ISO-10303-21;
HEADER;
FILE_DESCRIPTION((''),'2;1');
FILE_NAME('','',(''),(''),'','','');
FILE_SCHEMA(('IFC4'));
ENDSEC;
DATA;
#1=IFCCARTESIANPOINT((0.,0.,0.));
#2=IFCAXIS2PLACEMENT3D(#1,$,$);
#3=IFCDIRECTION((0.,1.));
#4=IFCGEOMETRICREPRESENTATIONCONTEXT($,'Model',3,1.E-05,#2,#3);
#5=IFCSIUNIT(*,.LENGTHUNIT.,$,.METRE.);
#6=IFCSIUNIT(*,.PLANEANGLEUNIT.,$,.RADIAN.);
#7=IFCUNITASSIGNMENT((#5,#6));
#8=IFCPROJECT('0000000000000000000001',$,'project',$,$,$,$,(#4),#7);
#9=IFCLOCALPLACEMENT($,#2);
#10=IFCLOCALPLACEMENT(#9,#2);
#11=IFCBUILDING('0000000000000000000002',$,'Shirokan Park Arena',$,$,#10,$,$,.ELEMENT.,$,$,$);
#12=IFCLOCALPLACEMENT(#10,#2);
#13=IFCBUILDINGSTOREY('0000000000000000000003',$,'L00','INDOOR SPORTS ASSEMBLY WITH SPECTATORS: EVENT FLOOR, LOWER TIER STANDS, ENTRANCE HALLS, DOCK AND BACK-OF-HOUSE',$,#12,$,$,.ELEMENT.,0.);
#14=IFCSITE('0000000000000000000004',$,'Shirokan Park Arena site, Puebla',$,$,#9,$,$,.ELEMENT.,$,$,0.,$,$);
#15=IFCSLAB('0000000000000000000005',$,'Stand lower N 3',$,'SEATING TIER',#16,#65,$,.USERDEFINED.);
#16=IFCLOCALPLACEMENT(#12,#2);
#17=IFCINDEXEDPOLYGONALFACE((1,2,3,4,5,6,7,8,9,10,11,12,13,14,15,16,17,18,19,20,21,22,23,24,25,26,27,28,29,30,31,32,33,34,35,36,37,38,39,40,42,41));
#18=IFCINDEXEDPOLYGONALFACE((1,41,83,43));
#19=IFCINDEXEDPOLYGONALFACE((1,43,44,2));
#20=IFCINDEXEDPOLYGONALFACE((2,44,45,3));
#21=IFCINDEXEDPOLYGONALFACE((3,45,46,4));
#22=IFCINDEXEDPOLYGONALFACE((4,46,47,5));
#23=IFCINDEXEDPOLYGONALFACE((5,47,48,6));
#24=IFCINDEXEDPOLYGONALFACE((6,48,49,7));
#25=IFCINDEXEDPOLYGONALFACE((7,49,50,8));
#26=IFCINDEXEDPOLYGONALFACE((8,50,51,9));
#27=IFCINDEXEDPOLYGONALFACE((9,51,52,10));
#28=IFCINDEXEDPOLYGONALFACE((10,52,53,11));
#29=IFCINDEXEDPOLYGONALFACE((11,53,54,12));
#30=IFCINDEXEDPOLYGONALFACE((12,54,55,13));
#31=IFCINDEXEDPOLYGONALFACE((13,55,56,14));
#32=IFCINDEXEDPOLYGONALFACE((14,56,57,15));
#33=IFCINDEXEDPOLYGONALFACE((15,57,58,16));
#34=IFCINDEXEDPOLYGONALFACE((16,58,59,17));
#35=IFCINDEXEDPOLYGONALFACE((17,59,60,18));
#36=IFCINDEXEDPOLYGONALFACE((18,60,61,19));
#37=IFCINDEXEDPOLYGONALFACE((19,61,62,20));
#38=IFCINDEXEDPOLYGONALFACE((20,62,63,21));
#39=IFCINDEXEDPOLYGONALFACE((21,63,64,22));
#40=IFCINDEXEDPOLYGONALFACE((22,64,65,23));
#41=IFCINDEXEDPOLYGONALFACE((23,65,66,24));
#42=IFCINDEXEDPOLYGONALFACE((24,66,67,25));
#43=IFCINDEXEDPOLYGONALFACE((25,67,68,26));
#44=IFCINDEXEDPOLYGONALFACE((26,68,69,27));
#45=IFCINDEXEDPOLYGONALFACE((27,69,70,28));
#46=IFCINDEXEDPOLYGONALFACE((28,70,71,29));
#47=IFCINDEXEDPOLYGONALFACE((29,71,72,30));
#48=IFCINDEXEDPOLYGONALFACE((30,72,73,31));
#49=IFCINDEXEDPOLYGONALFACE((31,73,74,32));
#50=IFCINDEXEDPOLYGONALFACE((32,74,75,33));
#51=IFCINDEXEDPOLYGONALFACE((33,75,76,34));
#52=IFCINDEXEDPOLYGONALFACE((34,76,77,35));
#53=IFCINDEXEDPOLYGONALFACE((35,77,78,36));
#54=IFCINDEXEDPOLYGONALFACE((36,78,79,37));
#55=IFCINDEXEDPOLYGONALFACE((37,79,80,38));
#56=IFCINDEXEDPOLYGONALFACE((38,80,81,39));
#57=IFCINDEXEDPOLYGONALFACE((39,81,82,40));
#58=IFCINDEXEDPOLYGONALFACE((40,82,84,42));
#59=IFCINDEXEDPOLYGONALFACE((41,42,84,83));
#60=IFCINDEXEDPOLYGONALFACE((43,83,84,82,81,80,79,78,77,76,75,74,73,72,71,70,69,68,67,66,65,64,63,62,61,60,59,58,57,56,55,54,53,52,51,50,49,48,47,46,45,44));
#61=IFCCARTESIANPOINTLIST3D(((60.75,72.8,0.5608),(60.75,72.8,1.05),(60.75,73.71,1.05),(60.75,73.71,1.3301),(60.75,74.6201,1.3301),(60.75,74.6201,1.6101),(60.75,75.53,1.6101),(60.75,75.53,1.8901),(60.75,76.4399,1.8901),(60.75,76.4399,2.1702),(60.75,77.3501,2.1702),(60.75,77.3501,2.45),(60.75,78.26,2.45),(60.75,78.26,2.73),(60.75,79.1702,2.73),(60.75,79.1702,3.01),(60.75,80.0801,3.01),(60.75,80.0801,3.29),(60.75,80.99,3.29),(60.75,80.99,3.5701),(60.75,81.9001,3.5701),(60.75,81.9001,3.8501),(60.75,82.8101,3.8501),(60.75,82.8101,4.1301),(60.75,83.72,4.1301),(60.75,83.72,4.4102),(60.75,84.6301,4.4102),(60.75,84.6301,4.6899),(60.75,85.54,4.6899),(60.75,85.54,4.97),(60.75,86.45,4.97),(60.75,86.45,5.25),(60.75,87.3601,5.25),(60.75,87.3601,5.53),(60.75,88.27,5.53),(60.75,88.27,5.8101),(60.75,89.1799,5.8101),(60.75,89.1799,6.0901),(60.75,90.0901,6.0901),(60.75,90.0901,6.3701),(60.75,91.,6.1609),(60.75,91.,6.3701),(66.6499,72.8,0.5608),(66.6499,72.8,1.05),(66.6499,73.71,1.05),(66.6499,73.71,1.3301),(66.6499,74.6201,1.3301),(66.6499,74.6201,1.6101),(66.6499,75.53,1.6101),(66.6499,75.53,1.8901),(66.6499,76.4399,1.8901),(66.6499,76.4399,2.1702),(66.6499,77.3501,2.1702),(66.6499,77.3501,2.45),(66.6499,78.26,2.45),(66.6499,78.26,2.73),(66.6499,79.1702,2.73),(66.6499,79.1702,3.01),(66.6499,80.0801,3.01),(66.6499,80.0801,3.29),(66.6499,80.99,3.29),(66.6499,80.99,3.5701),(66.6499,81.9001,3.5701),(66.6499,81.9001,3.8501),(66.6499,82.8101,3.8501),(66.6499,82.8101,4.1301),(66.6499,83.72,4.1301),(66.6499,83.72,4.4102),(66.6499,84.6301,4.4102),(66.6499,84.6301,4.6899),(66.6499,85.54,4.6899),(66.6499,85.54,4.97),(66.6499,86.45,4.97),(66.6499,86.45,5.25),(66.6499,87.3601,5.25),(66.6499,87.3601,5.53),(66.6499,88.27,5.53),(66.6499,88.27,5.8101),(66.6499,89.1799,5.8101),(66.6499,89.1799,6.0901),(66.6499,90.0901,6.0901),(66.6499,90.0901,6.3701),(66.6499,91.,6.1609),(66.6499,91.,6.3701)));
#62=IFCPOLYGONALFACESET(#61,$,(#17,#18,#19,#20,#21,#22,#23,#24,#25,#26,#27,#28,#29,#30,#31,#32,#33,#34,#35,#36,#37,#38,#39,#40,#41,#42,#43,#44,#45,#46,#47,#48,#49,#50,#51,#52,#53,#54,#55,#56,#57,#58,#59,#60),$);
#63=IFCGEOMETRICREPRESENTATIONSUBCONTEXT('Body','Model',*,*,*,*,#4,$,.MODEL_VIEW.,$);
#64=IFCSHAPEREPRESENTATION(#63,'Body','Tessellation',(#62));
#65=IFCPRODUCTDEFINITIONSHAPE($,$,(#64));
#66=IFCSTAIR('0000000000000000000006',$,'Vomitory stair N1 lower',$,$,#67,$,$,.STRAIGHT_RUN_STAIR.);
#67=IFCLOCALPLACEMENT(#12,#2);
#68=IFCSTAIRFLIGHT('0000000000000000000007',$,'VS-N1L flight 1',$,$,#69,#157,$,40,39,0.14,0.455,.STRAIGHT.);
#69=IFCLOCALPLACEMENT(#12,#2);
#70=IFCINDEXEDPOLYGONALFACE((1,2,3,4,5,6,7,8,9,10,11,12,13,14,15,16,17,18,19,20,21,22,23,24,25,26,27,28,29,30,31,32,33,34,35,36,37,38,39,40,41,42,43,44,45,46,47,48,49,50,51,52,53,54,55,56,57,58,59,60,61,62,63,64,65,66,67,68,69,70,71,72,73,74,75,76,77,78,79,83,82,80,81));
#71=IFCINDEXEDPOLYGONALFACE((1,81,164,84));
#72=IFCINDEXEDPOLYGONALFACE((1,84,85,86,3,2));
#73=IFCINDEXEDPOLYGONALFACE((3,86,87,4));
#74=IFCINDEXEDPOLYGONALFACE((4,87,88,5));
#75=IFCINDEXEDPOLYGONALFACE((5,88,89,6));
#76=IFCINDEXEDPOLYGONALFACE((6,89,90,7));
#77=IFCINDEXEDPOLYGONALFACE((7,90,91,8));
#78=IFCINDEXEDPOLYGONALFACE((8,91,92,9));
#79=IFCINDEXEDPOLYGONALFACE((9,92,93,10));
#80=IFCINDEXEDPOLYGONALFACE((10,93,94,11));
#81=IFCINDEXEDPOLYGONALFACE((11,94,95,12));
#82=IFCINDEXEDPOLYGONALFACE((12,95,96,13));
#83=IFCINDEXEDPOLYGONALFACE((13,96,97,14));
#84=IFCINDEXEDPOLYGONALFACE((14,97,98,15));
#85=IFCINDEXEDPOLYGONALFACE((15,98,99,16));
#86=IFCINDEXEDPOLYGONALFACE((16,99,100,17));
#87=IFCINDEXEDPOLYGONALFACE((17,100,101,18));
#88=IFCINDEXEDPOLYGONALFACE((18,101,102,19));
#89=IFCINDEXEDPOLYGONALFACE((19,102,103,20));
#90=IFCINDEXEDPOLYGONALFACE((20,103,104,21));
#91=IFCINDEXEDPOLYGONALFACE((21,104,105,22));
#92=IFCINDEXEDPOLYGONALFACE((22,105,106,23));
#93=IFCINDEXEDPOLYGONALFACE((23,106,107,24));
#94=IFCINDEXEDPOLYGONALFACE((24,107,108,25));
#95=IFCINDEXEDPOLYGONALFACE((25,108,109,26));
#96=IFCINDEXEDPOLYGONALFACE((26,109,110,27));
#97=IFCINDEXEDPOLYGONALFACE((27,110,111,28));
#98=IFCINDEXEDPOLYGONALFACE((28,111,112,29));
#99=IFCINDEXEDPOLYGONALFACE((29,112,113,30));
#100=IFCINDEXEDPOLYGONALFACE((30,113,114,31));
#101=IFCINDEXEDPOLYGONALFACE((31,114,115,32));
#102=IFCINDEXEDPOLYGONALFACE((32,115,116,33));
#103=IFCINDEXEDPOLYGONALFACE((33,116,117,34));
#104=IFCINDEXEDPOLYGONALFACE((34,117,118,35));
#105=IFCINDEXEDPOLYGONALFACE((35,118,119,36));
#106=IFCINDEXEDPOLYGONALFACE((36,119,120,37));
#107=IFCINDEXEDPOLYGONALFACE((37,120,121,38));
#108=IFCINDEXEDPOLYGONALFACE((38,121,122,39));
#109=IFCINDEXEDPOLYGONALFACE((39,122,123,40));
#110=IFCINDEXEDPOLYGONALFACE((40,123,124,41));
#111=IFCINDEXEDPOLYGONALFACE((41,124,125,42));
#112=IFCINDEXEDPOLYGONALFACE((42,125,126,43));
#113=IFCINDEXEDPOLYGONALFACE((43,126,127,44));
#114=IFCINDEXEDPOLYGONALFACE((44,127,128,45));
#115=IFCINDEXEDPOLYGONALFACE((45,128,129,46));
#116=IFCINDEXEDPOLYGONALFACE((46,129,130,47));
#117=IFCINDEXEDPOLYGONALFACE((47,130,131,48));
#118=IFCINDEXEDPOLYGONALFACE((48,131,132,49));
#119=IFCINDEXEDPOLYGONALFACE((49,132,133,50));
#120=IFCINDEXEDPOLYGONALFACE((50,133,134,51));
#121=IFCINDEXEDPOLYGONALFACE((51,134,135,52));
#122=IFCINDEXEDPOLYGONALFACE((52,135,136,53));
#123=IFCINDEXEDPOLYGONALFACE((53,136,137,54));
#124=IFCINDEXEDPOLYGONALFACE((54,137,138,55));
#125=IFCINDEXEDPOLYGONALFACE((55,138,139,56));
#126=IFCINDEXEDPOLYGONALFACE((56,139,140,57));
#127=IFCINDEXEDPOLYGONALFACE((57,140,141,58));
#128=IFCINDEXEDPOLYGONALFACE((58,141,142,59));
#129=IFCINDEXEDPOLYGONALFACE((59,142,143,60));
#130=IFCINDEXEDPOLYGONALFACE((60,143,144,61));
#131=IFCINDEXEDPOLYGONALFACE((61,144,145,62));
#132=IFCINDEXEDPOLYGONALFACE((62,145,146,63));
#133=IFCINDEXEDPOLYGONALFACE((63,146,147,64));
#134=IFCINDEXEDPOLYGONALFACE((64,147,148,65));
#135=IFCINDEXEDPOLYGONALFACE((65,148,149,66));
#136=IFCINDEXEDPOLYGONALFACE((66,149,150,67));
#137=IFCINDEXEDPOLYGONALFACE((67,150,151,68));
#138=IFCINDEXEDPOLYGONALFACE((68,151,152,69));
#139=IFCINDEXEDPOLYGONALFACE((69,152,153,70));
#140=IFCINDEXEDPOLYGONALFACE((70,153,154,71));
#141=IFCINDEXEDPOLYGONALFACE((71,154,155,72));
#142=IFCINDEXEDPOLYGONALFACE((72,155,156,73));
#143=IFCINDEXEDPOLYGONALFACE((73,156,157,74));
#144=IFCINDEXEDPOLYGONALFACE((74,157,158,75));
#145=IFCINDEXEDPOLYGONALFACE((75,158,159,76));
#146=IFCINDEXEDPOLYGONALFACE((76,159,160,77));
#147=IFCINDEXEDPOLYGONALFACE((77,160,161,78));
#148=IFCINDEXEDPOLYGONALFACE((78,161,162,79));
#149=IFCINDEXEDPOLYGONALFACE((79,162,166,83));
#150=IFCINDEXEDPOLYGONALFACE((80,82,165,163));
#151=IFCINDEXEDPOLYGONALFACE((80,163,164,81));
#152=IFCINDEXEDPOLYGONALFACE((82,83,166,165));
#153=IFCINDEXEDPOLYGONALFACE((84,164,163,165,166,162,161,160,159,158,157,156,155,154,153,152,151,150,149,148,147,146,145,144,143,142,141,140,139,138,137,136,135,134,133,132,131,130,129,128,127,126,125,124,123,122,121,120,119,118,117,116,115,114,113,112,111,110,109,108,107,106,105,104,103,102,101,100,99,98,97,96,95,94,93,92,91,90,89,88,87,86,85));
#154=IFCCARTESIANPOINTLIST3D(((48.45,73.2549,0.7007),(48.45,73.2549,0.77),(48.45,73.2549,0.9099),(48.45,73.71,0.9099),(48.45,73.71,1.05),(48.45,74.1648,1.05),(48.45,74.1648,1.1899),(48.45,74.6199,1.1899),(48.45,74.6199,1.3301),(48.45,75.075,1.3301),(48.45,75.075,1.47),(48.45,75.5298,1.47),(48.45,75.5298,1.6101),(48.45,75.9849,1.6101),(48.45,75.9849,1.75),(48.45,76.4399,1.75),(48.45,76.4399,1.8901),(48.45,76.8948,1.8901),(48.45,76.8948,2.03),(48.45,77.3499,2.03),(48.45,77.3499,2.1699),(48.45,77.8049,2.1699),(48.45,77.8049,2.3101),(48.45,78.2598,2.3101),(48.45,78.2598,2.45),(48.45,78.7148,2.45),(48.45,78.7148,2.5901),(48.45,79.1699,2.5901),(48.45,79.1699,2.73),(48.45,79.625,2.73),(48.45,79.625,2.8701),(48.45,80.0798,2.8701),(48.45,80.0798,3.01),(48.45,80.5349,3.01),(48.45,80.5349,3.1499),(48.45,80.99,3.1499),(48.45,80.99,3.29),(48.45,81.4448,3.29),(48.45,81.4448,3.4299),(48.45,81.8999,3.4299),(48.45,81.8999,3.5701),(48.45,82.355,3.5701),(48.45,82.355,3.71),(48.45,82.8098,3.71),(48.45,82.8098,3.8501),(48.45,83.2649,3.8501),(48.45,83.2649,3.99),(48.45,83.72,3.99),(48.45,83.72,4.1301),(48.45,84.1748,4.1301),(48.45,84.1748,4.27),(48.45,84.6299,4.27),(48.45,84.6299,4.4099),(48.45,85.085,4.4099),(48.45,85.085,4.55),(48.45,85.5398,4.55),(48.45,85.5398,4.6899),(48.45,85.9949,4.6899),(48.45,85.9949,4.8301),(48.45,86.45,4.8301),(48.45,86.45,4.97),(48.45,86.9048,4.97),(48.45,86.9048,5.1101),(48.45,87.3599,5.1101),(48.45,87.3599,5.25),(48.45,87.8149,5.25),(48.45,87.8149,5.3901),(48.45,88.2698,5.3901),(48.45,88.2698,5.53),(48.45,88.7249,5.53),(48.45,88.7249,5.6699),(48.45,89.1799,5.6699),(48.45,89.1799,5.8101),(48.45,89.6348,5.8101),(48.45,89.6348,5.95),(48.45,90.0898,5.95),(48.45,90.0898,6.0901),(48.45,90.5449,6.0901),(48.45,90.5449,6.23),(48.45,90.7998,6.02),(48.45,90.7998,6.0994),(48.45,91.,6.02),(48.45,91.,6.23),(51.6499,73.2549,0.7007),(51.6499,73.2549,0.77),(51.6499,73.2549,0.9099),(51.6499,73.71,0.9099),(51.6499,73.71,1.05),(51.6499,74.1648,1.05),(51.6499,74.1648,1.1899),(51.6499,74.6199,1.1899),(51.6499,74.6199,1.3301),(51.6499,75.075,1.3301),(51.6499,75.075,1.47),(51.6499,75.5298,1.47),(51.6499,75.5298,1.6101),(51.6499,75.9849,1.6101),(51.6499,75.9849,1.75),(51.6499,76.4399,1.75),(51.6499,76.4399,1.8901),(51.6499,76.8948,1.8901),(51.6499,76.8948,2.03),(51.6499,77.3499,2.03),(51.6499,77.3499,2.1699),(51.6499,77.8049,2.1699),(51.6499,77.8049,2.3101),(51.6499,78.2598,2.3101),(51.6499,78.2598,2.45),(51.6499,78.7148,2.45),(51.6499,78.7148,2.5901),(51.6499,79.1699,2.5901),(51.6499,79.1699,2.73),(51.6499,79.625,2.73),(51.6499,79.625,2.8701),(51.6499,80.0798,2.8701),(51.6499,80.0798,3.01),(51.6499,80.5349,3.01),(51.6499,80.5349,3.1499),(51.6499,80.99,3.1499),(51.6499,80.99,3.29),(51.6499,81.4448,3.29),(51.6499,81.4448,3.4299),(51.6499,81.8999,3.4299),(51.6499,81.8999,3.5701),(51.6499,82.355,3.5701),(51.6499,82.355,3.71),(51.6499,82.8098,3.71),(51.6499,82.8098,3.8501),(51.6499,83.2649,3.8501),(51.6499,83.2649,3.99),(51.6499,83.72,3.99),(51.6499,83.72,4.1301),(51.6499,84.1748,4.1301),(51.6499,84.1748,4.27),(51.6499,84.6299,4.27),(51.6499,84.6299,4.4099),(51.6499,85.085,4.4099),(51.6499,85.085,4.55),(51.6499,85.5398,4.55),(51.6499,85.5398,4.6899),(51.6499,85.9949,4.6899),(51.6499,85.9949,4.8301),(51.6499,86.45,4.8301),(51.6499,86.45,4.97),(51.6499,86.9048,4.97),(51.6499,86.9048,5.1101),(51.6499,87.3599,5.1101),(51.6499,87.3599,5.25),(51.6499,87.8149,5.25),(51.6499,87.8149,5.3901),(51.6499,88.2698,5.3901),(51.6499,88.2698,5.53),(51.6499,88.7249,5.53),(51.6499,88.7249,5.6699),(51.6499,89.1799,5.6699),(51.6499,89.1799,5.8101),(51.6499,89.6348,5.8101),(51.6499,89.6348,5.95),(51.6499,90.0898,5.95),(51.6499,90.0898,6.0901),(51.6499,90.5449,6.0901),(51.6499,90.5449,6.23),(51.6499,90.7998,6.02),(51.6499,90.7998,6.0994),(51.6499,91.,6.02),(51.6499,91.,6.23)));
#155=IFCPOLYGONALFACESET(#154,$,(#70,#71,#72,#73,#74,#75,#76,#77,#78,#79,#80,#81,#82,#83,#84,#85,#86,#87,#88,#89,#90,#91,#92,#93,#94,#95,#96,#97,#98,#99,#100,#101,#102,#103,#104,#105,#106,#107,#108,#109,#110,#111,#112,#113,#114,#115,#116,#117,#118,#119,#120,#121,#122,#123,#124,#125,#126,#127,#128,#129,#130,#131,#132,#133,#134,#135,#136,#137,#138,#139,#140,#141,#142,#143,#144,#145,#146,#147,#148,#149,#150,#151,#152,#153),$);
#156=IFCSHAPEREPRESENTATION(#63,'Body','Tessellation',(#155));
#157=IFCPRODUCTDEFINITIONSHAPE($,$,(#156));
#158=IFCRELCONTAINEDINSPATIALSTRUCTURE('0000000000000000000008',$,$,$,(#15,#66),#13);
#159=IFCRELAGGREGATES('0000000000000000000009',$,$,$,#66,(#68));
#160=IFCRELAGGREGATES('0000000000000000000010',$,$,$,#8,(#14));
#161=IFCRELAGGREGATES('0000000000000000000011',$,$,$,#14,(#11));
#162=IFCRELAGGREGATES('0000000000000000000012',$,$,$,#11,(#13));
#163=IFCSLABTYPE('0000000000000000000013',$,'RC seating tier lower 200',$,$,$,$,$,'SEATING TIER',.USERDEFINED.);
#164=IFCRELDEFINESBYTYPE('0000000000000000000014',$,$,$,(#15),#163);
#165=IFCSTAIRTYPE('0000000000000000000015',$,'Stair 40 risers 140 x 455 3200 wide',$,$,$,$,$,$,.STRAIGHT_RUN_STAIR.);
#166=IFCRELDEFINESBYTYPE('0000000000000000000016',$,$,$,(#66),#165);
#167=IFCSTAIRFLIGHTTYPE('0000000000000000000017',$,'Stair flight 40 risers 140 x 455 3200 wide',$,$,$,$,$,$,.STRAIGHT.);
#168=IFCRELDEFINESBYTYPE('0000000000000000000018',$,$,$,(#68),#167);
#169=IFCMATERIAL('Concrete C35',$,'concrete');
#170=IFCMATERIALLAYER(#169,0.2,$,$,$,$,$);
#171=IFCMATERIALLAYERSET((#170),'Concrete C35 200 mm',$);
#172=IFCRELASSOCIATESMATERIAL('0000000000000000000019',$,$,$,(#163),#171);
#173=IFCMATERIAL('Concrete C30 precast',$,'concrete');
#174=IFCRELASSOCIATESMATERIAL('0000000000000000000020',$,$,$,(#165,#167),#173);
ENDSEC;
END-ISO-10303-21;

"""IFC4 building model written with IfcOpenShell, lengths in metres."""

from ifc_helpers import new_model, si_unit, direction, frame, origin, place, context, subcontext, project, spatial, polyline, outline, extrude, material, layer, layer_set, type_object, element, aggregate, save


model = new_model("IFC4")

# Units and contexts
model_context = context("Model", 3, precision=1e-05, world=origin(), true_north=direction((0.0, 1.0)))
body_context = subcontext(model_context, "Body", "Model", "MODEL_VIEW")
ifc_project = project(units=[si_unit("LENGTHUNIT", "METRE"), si_unit("PLANEANGLEUNIT", "RADIAN")], contexts=[model_context])

# Site, building, storey
site_placement = place(None, origin())
site = spatial("IfcSite", under=ifc_project, at=site_placement, Name="Shirokan Park Arena site, Puebla", CompositionType="ELEMENT", RefElevation=0.0)
building_placement = place(site_placement, origin())
building = spatial("IfcBuilding", under=site, at=building_placement, Name="Shirokan Park Arena", CompositionType="ELEMENT")
storey_placement = place(building_placement, origin())
storey = spatial("IfcBuildingStorey", under=building, at=storey_placement, Name="L00", Description="INDOOR SPORTS ASSEMBLY WITH SPECTATORS: EVENT FLOOR, LOWER TIER STANDS, ENTRANCE HALLS, DOCK AND BACK-OF-HOUSE", CompositionType="ELEMENT", Elevation=0.0)

# Shared definitions
ifc_material_1 = material(Name="Concrete C35", Category="concrete")

# Slab
ifc_layer = layer(ifc_material_1, 0.2)
ifc_layer_set = layer_set([ifc_layer], Name="Concrete C35 200 mm")
slab_type = type_object("IfcSlabType", Name="RC seating tier lower 200", ElementType="SEATING TIER", PredefinedType="USERDEFINED", material=ifc_layer_set)
for number, where, z_axis, x_axis, name in (
    (1, (63.7, 72.8, 1.05), (0.0, 0.0, 1.0), (0.0, 1.0, 0.0), "Stand lower N 3"),
):
    element("IfcSlab", number, at=place(storey_placement, frame(where, z_axis=z_axis, x_axis=x_axis)), inside=storey, type_object=slab_type, Name=name, ObjectType="SEATING TIER", PredefinedType="USERDEFINED", context=body_context, shape_type="SweptSolid", body=[
        extrude(outline(polyline([(0.0, 0.0), (0.9099, 0.0), (0.9099, 0.28), (1.8201, 0.28), (1.8201, 0.5601), (2.73, 0.5601), (2.73, 0.8401), (3.6399, 0.8401), (3.6399, 1.1201), (4.55, 1.1201), (4.55, 1.3999), (5.46, 1.3999), (5.46, 1.6799), (6.3701, 1.6799), (6.3701, 1.96), (7.28, 1.96), (7.28, 2.24), (8.1899, 2.24), (8.1899, 2.52), (9.1001, 2.52), (9.1001, 2.8), (10.01, 2.8), (10.01, 3.0801), (10.9199, 3.0801), (10.9199, 3.3601), (11.8301, 3.3601), (11.8301, 3.6399), (12.74, 3.6399), (12.74, 3.9199), (13.6499, 3.9199), (13.6499, 4.2), (14.5601, 4.2), (14.5601, 4.48), (15.47, 4.48), (15.47, 4.76), (16.3799, 4.76), (16.3799, 5.04), (17.29, 5.04), (17.29, 5.3201), (18.2, 5.3201), (18.2, 5.1108), (0.0, -0.4893), (0.0, 0.0)])), frame((0.0, 2.95, 0.0), z_axis=(0.0, -1.0, 0.0), x_axis=(1.0, 0.0, 0.0)), (0.0, 0.0, 1.0), 5.8999),
    ])

# Stair, stair flight
ifc_material_2 = material(Name="Concrete C30 precast", Category="concrete")
stair_type = type_object("IfcStairType", Name="Stair 40 risers 140 x 455 3200 wide", PredefinedType="STRAIGHT_RUN_STAIR", material=ifc_material_2)
stair_1_placement = place(storey_placement, origin())
stair_1 = element("IfcStair", 2, at=stair_1_placement, inside=storey, type_object=stair_type, Name="Vomitory stair N1 lower", PredefinedType="STRAIGHT_RUN_STAIR")
stair_flight_type = type_object("IfcStairFlightType", Name="Stair flight 40 risers 140 x 455 3200 wide", PredefinedType="STRAIGHT", material=ifc_material_2)
stair_flight_1_placement = place(storey_placement, frame((50.05, 73.2549, 0.77), z_axis=(0.0, 0.0, 1.0), x_axis=(0.0, 1.0, 0.0)))
stair_flight_1 = element("IfcStairFlight", 3, at=stair_flight_1_placement, type_object=stair_flight_type, Name="VS-N1L flight 1", NumberOfRisers=40, NumberOfTreads=39, PredefinedType="STRAIGHT", RiserHeight=0.14, TreadLength=0.455, context=body_context, shape_type="SweptSolid", body=[
    extrude(outline(polyline([(0.0, -0.0693), (0.0, 0.0), (0.0, 0.1399), (0.4551, 0.1399), (0.4551, 0.28), (0.9099, 0.28), (0.9099, 0.4199), (1.365, 0.4199), (1.365, 0.5601), (1.8201, 0.5601), (1.8201, 0.7), (2.2749, 0.7), (2.2749, 0.8401), (2.73, 0.8401), (2.73, 0.98), (3.1851, 0.98), (3.1851, 1.1201), (3.6399, 1.1201), (3.6399, 1.26), (4.095, 1.26), (4.095, 1.3999), (4.55, 1.3999), (4.55, 1.54), (5.0049, 1.54), (5.0049, 1.6799), (5.46, 1.6799), (5.46, 1.8201), (5.915, 1.8201), (5.915, 1.96), (6.3701, 1.96), (6.3701, 2.1001), (6.825, 2.1001), (6.825, 2.24), (7.28, 2.24), (7.28, 2.3799), (7.7351, 2.3799), (7.7351, 2.52), (8.1899, 2.52), (8.1899, 2.6599), (8.645, 2.6599), (8.645, 2.8), (9.1001, 2.8), (9.1001, 2.9399), (9.5549, 2.9399), (9.5549, 3.0801), (10.01, 3.0801), (10.01, 3.22), (10.4651, 3.22), (10.4651, 3.3601), (10.9199, 3.3601), (10.9199, 3.5), (11.375, 3.5), (11.375, 3.6399), (11.8301, 3.6399), (11.8301, 3.78), (12.2849, 3.78), (12.2849, 3.9199), (12.74, 3.9199), (12.74, 4.0601), (13.1951, 4.0601), (13.1951, 4.2), (13.6499, 4.2), (13.6499, 4.3401), (14.105, 4.3401), (14.105, 4.48), (14.5601, 4.48), (14.5601, 4.6201), (15.0149, 4.6201), (15.0149, 4.76), (15.47, 4.76), (15.47, 4.8999), (15.925, 4.8999), (15.925, 5.04), (16.3799, 5.04), (16.3799, 5.1799), (16.835, 5.1799), (16.835, 5.3201), (17.29, 5.3201), (17.29, 5.46), (17.7451, 5.46), (17.7451, 5.6001), (17.7451, 5.25), (17.5449, 5.25), (17.5449, 5.3293), (0.0, -0.0693)])), frame((0.0, 1.6001, 0.0), z_axis=(0.0, -1.0, 0.0), x_axis=(1.0, 0.0, 0.0)), (0.0, 0.0, 1.0), 3.2),
])
aggregate(stair_1, [stair_flight_1])

save(model, "model.ifc")
